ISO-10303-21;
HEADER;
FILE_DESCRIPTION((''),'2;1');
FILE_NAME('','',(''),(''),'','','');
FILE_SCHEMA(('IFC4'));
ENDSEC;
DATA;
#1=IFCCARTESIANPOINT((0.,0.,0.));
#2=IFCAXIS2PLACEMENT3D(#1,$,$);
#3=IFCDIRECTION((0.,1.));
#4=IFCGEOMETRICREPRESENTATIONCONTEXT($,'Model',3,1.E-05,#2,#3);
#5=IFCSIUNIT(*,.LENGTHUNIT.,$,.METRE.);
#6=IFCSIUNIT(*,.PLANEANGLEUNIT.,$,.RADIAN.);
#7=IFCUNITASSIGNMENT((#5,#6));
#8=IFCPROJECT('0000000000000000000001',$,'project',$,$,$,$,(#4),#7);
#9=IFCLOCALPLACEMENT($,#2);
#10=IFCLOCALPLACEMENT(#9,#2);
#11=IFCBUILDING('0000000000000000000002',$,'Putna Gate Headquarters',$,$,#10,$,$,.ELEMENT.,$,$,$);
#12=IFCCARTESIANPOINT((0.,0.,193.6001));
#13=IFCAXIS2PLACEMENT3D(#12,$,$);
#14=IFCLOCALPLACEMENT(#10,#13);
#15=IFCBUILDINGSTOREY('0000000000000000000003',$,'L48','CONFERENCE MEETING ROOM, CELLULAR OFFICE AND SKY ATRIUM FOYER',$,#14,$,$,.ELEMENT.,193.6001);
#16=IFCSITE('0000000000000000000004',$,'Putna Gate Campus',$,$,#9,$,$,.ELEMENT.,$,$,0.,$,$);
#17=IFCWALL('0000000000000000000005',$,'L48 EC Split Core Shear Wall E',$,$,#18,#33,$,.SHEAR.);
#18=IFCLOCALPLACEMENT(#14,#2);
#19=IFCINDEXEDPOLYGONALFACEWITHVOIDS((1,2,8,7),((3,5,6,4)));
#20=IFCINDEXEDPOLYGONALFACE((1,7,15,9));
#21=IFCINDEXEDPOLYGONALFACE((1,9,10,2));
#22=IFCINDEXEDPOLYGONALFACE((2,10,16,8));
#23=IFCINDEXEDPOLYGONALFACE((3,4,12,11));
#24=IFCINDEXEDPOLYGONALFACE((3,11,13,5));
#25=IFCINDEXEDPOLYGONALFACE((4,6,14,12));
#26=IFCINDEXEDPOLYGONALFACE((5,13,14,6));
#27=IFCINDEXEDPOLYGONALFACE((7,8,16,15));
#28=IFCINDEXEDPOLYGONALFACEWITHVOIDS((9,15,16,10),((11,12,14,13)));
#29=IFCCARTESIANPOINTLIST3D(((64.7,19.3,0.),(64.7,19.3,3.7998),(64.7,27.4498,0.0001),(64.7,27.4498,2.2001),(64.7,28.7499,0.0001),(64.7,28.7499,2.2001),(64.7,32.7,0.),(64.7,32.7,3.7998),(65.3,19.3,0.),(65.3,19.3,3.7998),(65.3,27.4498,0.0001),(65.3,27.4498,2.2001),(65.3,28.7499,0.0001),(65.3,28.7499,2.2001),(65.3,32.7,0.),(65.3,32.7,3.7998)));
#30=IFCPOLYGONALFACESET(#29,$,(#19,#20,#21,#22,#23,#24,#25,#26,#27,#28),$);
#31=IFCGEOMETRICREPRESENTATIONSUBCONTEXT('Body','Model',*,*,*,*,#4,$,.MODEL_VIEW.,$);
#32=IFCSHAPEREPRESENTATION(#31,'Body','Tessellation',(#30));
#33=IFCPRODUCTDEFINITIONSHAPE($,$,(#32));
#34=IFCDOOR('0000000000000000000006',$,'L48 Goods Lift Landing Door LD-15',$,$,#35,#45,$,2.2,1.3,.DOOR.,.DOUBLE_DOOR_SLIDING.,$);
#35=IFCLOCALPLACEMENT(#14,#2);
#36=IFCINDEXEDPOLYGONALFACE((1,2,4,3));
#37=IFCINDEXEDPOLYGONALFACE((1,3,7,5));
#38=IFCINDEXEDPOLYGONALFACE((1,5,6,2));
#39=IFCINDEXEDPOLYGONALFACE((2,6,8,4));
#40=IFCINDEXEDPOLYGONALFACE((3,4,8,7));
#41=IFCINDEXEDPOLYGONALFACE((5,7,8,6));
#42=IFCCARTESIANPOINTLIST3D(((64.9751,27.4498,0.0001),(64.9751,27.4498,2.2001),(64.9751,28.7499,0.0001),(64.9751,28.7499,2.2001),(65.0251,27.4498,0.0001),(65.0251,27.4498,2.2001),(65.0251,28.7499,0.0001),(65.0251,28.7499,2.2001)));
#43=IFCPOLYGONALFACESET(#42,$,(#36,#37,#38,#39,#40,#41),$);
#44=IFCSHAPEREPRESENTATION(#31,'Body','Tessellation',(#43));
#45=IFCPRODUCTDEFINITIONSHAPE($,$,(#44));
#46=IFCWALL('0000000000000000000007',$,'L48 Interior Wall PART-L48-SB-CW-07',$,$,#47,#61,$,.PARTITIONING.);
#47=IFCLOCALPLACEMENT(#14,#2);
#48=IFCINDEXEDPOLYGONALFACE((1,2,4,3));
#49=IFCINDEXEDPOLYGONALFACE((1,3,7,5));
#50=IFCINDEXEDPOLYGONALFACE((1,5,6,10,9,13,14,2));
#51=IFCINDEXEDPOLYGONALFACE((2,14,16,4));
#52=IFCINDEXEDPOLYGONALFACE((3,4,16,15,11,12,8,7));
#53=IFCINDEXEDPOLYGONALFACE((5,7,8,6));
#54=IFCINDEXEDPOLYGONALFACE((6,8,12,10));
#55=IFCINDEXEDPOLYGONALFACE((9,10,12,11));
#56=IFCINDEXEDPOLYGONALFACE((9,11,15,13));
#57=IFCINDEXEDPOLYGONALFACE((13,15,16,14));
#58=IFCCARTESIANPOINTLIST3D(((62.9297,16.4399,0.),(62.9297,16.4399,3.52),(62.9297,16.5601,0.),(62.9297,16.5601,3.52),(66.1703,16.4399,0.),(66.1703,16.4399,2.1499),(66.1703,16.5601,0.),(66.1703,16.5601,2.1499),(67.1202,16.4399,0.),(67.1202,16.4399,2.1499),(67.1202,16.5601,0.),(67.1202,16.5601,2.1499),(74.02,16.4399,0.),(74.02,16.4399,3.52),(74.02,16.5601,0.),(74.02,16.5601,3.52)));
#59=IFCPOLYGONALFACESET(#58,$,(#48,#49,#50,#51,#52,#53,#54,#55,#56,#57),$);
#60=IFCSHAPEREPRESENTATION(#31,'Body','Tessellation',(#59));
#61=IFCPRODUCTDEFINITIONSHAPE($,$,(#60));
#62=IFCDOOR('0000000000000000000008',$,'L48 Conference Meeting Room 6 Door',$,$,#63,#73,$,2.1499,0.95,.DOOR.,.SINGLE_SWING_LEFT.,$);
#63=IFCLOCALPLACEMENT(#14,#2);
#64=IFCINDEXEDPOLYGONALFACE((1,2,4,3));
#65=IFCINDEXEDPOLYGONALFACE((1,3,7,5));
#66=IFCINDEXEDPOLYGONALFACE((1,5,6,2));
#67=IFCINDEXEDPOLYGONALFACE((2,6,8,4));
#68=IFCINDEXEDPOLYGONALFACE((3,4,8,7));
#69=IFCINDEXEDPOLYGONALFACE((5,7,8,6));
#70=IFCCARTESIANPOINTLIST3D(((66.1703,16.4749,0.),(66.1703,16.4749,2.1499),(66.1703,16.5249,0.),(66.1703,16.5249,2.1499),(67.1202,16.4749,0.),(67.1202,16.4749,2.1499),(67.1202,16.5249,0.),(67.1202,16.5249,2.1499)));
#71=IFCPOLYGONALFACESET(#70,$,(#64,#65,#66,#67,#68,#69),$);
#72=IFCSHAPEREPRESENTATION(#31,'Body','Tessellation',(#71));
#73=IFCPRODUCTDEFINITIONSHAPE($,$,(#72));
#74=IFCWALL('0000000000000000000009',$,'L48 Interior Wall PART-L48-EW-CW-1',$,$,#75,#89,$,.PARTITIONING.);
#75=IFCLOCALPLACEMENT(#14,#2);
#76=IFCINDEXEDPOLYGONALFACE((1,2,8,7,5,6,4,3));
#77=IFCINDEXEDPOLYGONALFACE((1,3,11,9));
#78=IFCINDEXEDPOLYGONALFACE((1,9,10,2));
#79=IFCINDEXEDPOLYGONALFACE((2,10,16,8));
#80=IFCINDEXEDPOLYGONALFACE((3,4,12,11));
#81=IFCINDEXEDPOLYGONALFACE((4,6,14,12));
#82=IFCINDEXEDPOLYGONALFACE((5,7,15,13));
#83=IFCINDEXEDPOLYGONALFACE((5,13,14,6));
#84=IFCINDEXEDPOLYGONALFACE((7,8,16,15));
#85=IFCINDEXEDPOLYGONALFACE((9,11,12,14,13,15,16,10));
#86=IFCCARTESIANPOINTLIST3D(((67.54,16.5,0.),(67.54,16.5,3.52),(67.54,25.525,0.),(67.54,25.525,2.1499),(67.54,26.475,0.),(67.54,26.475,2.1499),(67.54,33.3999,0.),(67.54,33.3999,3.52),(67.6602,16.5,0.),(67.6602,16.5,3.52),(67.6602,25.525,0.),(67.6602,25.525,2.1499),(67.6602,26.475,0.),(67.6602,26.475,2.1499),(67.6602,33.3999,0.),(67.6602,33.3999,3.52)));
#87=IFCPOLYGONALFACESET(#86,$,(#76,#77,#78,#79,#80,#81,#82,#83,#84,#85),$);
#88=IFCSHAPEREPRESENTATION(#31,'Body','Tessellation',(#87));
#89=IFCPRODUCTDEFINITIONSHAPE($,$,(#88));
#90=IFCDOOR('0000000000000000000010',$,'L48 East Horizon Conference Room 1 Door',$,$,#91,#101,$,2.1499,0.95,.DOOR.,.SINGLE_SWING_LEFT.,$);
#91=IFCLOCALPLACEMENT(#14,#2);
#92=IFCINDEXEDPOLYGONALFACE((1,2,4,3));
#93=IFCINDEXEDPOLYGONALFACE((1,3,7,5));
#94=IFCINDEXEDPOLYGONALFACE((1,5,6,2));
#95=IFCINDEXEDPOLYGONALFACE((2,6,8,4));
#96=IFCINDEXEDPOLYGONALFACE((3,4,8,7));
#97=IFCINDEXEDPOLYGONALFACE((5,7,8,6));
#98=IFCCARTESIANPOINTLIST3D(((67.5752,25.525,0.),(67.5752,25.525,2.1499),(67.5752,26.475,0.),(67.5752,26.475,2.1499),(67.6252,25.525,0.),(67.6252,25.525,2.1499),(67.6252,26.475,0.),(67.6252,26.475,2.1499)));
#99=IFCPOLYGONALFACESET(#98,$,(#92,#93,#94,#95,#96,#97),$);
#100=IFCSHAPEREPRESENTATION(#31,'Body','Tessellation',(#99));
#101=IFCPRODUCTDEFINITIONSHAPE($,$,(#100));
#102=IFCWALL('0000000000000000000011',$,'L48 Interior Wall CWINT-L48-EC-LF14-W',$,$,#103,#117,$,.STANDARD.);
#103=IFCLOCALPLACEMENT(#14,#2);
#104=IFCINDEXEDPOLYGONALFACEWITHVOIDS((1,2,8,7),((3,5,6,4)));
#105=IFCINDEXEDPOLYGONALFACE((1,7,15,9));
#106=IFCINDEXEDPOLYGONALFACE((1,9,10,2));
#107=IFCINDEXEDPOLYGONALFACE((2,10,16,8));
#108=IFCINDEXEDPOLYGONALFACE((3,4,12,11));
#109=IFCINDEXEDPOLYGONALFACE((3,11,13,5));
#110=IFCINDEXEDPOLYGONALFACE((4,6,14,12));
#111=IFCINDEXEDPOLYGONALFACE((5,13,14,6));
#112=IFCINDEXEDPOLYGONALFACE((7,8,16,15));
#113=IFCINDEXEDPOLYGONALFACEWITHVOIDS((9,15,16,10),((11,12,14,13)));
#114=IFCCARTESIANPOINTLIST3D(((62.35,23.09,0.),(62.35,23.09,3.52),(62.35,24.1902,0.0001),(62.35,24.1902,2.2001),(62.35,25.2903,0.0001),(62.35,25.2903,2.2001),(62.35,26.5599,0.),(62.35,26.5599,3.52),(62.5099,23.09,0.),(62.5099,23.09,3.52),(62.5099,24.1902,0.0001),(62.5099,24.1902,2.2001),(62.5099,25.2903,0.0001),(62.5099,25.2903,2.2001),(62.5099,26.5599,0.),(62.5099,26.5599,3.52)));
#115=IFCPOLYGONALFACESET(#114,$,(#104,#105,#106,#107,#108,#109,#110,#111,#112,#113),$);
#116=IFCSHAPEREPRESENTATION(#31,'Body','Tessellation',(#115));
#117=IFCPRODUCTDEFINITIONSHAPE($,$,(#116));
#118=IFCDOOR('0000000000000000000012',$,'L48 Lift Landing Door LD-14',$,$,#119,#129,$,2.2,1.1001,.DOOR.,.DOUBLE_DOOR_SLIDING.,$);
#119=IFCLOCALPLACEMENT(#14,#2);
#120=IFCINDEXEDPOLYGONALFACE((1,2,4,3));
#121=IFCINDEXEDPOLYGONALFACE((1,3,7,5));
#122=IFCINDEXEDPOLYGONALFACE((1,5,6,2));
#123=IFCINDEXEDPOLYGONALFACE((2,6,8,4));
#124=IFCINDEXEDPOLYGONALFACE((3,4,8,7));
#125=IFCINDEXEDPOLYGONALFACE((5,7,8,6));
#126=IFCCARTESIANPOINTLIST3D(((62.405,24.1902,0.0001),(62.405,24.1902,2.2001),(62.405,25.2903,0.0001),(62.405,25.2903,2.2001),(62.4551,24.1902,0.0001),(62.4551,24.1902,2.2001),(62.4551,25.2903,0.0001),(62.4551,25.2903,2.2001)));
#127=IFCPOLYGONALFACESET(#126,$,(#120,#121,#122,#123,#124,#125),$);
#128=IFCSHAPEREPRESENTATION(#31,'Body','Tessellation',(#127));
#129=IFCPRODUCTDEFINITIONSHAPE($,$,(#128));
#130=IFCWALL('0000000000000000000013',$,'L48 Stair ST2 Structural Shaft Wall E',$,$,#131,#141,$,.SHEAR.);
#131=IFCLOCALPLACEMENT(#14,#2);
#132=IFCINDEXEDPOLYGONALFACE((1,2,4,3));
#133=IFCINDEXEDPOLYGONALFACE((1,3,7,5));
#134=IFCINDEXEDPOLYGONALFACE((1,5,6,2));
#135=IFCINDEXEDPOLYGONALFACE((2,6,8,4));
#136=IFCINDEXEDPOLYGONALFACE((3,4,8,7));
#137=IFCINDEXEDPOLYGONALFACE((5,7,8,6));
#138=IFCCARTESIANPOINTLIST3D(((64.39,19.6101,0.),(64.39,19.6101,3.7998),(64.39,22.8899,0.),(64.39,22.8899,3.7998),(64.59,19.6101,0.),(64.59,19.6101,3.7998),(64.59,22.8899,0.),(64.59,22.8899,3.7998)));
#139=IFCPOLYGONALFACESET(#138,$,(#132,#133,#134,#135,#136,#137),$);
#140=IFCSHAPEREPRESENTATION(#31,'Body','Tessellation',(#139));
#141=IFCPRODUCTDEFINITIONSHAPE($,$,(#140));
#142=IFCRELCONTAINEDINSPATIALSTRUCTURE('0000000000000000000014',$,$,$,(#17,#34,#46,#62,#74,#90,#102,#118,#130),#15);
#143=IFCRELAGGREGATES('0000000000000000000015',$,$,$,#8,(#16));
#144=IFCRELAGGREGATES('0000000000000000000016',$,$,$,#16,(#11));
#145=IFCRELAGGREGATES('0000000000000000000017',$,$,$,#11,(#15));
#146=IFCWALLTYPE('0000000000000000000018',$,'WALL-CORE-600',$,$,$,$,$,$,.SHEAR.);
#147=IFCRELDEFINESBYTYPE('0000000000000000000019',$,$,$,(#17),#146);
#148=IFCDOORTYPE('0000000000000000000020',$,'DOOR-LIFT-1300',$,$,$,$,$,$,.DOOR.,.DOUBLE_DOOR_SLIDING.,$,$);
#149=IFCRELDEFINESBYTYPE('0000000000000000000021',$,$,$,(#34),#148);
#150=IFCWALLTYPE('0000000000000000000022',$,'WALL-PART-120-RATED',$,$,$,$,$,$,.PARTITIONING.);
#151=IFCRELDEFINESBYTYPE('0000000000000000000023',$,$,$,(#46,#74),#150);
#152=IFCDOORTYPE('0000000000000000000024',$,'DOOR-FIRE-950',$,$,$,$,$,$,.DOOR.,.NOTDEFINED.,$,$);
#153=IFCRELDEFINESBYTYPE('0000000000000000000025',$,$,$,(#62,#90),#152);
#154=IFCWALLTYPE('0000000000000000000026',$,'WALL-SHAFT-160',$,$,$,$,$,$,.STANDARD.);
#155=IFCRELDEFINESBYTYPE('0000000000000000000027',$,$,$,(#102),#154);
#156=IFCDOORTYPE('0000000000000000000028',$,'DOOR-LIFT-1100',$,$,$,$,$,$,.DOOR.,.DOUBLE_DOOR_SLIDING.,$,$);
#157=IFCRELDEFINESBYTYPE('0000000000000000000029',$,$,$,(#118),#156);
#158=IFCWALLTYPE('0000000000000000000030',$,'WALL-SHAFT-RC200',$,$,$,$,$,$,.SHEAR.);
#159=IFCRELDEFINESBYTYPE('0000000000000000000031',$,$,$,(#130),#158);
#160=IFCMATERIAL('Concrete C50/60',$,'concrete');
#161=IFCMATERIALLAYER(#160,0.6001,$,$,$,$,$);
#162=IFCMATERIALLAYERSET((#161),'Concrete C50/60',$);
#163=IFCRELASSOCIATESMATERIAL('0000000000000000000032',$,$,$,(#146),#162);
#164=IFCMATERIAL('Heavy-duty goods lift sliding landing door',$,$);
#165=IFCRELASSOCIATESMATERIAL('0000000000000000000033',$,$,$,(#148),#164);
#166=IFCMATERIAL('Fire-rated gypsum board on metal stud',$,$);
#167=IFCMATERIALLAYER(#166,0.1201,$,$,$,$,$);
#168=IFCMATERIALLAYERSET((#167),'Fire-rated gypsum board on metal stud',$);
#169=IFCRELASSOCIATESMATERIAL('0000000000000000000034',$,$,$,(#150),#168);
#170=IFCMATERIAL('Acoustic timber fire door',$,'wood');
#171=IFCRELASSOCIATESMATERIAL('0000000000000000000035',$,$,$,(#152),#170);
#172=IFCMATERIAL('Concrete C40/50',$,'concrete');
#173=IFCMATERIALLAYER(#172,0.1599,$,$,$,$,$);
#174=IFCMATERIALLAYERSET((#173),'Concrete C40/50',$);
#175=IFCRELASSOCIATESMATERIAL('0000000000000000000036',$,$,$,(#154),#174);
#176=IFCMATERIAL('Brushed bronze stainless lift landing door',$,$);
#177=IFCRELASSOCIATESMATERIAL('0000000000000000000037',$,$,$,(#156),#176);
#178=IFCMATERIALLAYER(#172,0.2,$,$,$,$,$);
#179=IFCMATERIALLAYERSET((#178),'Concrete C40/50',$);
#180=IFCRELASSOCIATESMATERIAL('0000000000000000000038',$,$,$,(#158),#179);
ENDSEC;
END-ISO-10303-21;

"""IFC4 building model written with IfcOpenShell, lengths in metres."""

from ifc_helpers import new_model, si_unit, direction, frame, frame_2d, origin, place, context, subcontext, project, spatial, rectangle, extrude, material, layer, layer_set, type_object, element, fill, save


model = new_model("IFC4")

# Units and contexts
model_context = context("Model", 3, precision=1e-05, world=origin(), true_north=direction((0.0, 1.0)))
body_context = subcontext(model_context, "Body", "Model", "MODEL_VIEW")
ifc_project = project(units=[si_unit("LENGTHUNIT", "METRE"), si_unit("PLANEANGLEUNIT", "RADIAN")], contexts=[model_context])

# Site, building, storey
site_placement = place(None, origin())
site = spatial("IfcSite", under=ifc_project, at=site_placement, Name="Putna Gate Campus", CompositionType="ELEMENT", RefElevation=0.0)
building_placement = place(site_placement, origin())
building = spatial("IfcBuilding", under=site, at=building_placement, Name="Putna Gate Headquarters", CompositionType="ELEMENT")
storey_placement = place(building_placement, frame((0.0, 0.0, 193.6001)))
storey = spatial("IfcBuildingStorey", under=building, at=storey_placement, Name="L48", Description="CONFERENCE MEETING ROOM, CELLULAR OFFICE AND SKY ATRIUM FOYER", CompositionType="ELEMENT", Elevation=193.6001)

# Shared definitions
ifc_material_1 = material(Name="Concrete C50/60", Category="concrete")

# Walls, openings, doors
ifc_layer_1 = layer(ifc_material_1, 0.6001)
ifc_layer_set_1 = layer_set([ifc_layer_1], Name="Concrete C50/60")
wall_type_1 = type_object("IfcWallType", Name="WALL-CORE-600", PredefinedType="SHEAR", material=ifc_layer_set_1)
wall_1_placement = place(storey_placement, frame((65.0, 19.3, 0.0), z_axis=(0.0, 0.0, 1.0), x_axis=(0.0, 1.0, 0.0)))
wall_1 = element("IfcWall", 1, at=wall_1_placement, inside=storey, type_object=wall_type_1, Name="L48 EC Split Core Shear Wall E", PredefinedType="SHEAR", context=body_context, shape_type="SweptSolid", body=[
    extrude(rectangle(XDim=13.3999, YDim=0.6001, at=frame_2d((6.7, 0.0))), origin(), (0.0, 0.0, 1.0), 3.7998),
])
opening_1_placement = place(wall_1_placement, frame((8.1499, 0.0, 0.0)))
opening_1 = element("IfcOpeningElement", 2, at=opening_1_placement, cuts=wall_1, PredefinedType="OPENING", context=body_context, shape_type="SweptSolid", body=[
    extrude(rectangle(XDim=1.3, YDim=2.2, at=frame_2d((0.6499, 1.1001))), frame((0.0, 0.3101, 0.0), z_axis=(0.0, -1.0, 0.0), x_axis=(1.0, 0.0, 0.0)), (0.0, 0.0, 1.0), 0.6201),
])
ifc_material_2 = material(Name="Heavy-duty goods lift sliding landing door")
door_type_1 = type_object("IfcDoorType", Name="DOOR-LIFT-1300", OperationType="DOUBLE_DOOR_SLIDING", PredefinedType="DOOR", material=ifc_material_2)
door_1_placement = place(opening_1_placement, origin())
door_1 = element("IfcDoor", 3, at=door_1_placement, inside=storey, type_object=door_type_1, Name="L48 Goods Lift Landing Door LD-15", OperationType="DOUBLE_DOOR_SLIDING", OverallHeight=2.2, OverallWidth=1.3, PredefinedType="DOOR", context=body_context, shape_type="SweptSolid", body=[
    extrude(rectangle(XDim=1.3, YDim=2.2, at=frame_2d((0.6499, 1.1001))), frame((0.0, 0.0249, 0.0), z_axis=(0.0, -1.0, 0.0), x_axis=(1.0, 0.0, 0.0)), (0.0, 0.0, 1.0), 0.05),
])
fill(opening_1, door_1)
ifc_material_3 = material(Name="Fire-rated gypsum board on metal stud")
ifc_layer_2 = layer(ifc_material_3, 0.1201)
ifc_layer_set_2 = layer_set([ifc_layer_2], Name="Fire-rated gypsum board on metal stud")
wall_type_2 = type_object("IfcWallType", Name="WALL-PART-120-RATED", PredefinedType="PARTITIONING", material=ifc_layer_set_2)
wall_2_placement = place(storey_placement, frame((62.9297, 16.5, 0.0), z_axis=(0.0, 0.0, 1.0), x_axis=(1.0, 0.0, 0.0)))
wall_2 = element("IfcWall", 4, at=wall_2_placement, inside=storey, type_object=wall_type_2, Name="L48 Interior Wall PART-L48-SB-CW-07", PredefinedType="PARTITIONING", context=body_context, shape_type="SweptSolid", body=[
    extrude(rectangle(XDim=11.0903, YDim=0.1201, at=frame_2d((5.5452, 0.0))), origin(), (0.0, 0.0, 1.0), 3.52),
])
opening_2_placement = place(wall_2_placement, frame((3.2405, 0.0, 0.0)))
opening_2 = element("IfcOpeningElement", 5, at=opening_2_placement, cuts=wall_2, PredefinedType="OPENING", context=body_context, shape_type="SweptSolid", body=[
    extrude(rectangle(XDim=0.95, YDim=2.1499, at=frame_2d((0.4751, 1.075))), frame((0.0, 0.0701, 0.0), z_axis=(0.0, -1.0, 0.0), x_axis=(1.0, 0.0, 0.0)), (0.0, 0.0, 1.0), 0.1401),
])
ifc_material_4 = material(Name="Acoustic timber fire door", Category="wood")
door_type_2 = type_object("IfcDoorType", Name="DOOR-FIRE-950", OperationType="NOTDEFINED", PredefinedType="DOOR", material=ifc_material_4)
door_2_placement = place(opening_2_placement, origin())
door_2 = element("IfcDoor", 6, at=door_2_placement, inside=storey, type_object=door_type_2, Name="L48 Conference Meeting Room 6 Door", OperationType="SINGLE_SWING_LEFT", OverallHeight=2.1499, OverallWidth=0.95, PredefinedType="DOOR", context=body_context, shape_type="SweptSolid", body=[
    extrude(rectangle(XDim=0.95, YDim=2.1499, at=frame_2d((0.4751, 1.075))), frame((0.0, 0.0249, 0.0), z_axis=(0.0, -1.0, 0.0), x_axis=(1.0, 0.0, 0.0)), (0.0, 0.0, 1.0), 0.05),
])
fill(opening_2, door_2)
wall_3_placement = place(storey_placement, frame((67.6001, 16.5, 0.0), z_axis=(0.0, 0.0, 1.0), x_axis=(0.0, 1.0, 0.0)))
wall_3 = element("IfcWall", 7, at=wall_3_placement, inside=storey, type_object=wall_type_2, Name="L48 Interior Wall PART-L48-EW-CW-1", PredefinedType="PARTITIONING", context=body_context, shape_type="SweptSolid", body=[
    extrude(rectangle(XDim=16.8999, YDim=0.1201, at=frame_2d((8.45, 0.0))), origin(), (0.0, 0.0, 1.0), 3.52),
])
opening_3_placement = place(wall_3_placement, frame((9.0249, 0.0, 0.0)))
opening_3 = element("IfcOpeningElement", 8, at=opening_3_placement, cuts=wall_3, PredefinedType="OPENING", context=body_context, shape_type="SweptSolid", body=[
    extrude(rectangle(XDim=0.95, YDim=2.1499, at=frame_2d((0.4751, 1.075))), frame((0.0, 0.0701, 0.0), z_axis=(0.0, -1.0, 0.0), x_axis=(1.0, 0.0, 0.0)), (0.0, 0.0, 1.0), 0.1401),
])
door_3_placement = place(opening_3_placement, origin())
door_3 = element("IfcDoor", 9, at=door_3_placement, inside=storey, type_object=door_type_2, Name="L48 East Horizon Conference Room 1 Door", OperationType="SINGLE_SWING_LEFT", OverallHeight=2.1499, OverallWidth=0.95, PredefinedType="DOOR", context=body_context, shape_type="SweptSolid", body=[
    extrude(rectangle(XDim=0.95, YDim=2.1499, at=frame_2d((0.4751, 1.075))), frame((0.0, 0.0249, 0.0), z_axis=(0.0, -1.0, 0.0), x_axis=(1.0, 0.0, 0.0)), (0.0, 0.0, 1.0), 0.05),
])
fill(opening_3, door_3)
ifc_material_5 = material(Name="Concrete C40/50", Category="concrete")
ifc_layer_3 = layer(ifc_material_5, 0.1599)
ifc_layer_set_3 = layer_set([ifc_layer_3], Name="Concrete C40/50")
wall_type_3 = type_object("IfcWallType", Name="WALL-SHAFT-160", PredefinedType="STANDARD", material=ifc_layer_set_3)
wall_4_placement = place(storey_placement, frame((62.4299, 23.0901, 0.0), z_axis=(0.0, 0.0, 1.0), x_axis=(0.0, 1.0, 0.0)))
wall_4 = element("IfcWall", 10, at=wall_4_placement, inside=storey, type_object=wall_type_3, Name="L48 Interior Wall CWINT-L48-EC-LF14-W", PredefinedType="STANDARD", context=body_context, shape_type="SweptSolid", body=[
    extrude(rectangle(XDim=3.47, YDim=0.1599, at=frame_2d((1.7349, 0.0))), origin(), (0.0, 0.0, 1.0), 3.52),
])
opening_4_placement = place(wall_4_placement, frame((1.1001, 0.0, 0.0)))
opening_4 = element("IfcOpeningElement", 11, at=opening_4_placement, cuts=wall_4, PredefinedType="OPENING", context=body_context, shape_type="SweptSolid", body=[
    extrude(rectangle(XDim=1.1001, YDim=2.2, at=frame_2d((0.55, 1.1001))), frame((0.0, 0.0898, 0.0), z_axis=(0.0, -1.0, 0.0), x_axis=(1.0, 0.0, 0.0)), (0.0, 0.0, 1.0), 0.1799),
])
ifc_material_6 = material(Name="Brushed bronze stainless lift landing door")
door_type_3 = type_object("IfcDoorType", Name="DOOR-LIFT-1100", OperationType="DOUBLE_DOOR_SLIDING", PredefinedType="DOOR", material=ifc_material_6)
door_4_placement = place(opening_4_placement, origin())
door_4 = element("IfcDoor", 12, at=door_4_placement, inside=storey, type_object=door_type_3, Name="L48 Lift Landing Door LD-14", OperationType="DOUBLE_DOOR_SLIDING", OverallHeight=2.2, OverallWidth=1.1001, PredefinedType="DOOR", context=body_context, shape_type="SweptSolid", body=[
    extrude(rectangle(XDim=1.1001, YDim=2.2, at=frame_2d((0.55, 1.1001))), frame((0.0, 0.0249, 0.0), z_axis=(0.0, -1.0, 0.0), x_axis=(1.0, 0.0, 0.0)), (0.0, 0.0, 1.0), 0.05),
])
fill(opening_4, door_4)

# Wall
ifc_layer_4 = layer(ifc_material_5, 0.2)
ifc_layer_set_4 = layer_set([ifc_layer_4], Name="Concrete C40/50")
wall_type_4 = type_object("IfcWallType", Name="WALL-SHAFT-RC200", PredefinedType="SHEAR", material=ifc_layer_set_4)
wall_5_placement = place(storey_placement, frame((64.49, 19.6101, 0.0), z_axis=(0.0, 0.0, 1.0), x_axis=(0.0, 1.0, 0.0)))
element("IfcWall", 13, at=wall_5_placement, inside=storey, type_object=wall_type_4, Name="L48 Stair ST2 Structural Shaft Wall E", PredefinedType="SHEAR", context=body_context, shape_type="SweptSolid", body=[
    extrude(rectangle(XDim=3.2798, YDim=0.2, at=frame_2d((1.6399, 0.0))), origin(), (0.0, 0.0, 1.0), 3.7998),
])

save(model, "model.ifc")
